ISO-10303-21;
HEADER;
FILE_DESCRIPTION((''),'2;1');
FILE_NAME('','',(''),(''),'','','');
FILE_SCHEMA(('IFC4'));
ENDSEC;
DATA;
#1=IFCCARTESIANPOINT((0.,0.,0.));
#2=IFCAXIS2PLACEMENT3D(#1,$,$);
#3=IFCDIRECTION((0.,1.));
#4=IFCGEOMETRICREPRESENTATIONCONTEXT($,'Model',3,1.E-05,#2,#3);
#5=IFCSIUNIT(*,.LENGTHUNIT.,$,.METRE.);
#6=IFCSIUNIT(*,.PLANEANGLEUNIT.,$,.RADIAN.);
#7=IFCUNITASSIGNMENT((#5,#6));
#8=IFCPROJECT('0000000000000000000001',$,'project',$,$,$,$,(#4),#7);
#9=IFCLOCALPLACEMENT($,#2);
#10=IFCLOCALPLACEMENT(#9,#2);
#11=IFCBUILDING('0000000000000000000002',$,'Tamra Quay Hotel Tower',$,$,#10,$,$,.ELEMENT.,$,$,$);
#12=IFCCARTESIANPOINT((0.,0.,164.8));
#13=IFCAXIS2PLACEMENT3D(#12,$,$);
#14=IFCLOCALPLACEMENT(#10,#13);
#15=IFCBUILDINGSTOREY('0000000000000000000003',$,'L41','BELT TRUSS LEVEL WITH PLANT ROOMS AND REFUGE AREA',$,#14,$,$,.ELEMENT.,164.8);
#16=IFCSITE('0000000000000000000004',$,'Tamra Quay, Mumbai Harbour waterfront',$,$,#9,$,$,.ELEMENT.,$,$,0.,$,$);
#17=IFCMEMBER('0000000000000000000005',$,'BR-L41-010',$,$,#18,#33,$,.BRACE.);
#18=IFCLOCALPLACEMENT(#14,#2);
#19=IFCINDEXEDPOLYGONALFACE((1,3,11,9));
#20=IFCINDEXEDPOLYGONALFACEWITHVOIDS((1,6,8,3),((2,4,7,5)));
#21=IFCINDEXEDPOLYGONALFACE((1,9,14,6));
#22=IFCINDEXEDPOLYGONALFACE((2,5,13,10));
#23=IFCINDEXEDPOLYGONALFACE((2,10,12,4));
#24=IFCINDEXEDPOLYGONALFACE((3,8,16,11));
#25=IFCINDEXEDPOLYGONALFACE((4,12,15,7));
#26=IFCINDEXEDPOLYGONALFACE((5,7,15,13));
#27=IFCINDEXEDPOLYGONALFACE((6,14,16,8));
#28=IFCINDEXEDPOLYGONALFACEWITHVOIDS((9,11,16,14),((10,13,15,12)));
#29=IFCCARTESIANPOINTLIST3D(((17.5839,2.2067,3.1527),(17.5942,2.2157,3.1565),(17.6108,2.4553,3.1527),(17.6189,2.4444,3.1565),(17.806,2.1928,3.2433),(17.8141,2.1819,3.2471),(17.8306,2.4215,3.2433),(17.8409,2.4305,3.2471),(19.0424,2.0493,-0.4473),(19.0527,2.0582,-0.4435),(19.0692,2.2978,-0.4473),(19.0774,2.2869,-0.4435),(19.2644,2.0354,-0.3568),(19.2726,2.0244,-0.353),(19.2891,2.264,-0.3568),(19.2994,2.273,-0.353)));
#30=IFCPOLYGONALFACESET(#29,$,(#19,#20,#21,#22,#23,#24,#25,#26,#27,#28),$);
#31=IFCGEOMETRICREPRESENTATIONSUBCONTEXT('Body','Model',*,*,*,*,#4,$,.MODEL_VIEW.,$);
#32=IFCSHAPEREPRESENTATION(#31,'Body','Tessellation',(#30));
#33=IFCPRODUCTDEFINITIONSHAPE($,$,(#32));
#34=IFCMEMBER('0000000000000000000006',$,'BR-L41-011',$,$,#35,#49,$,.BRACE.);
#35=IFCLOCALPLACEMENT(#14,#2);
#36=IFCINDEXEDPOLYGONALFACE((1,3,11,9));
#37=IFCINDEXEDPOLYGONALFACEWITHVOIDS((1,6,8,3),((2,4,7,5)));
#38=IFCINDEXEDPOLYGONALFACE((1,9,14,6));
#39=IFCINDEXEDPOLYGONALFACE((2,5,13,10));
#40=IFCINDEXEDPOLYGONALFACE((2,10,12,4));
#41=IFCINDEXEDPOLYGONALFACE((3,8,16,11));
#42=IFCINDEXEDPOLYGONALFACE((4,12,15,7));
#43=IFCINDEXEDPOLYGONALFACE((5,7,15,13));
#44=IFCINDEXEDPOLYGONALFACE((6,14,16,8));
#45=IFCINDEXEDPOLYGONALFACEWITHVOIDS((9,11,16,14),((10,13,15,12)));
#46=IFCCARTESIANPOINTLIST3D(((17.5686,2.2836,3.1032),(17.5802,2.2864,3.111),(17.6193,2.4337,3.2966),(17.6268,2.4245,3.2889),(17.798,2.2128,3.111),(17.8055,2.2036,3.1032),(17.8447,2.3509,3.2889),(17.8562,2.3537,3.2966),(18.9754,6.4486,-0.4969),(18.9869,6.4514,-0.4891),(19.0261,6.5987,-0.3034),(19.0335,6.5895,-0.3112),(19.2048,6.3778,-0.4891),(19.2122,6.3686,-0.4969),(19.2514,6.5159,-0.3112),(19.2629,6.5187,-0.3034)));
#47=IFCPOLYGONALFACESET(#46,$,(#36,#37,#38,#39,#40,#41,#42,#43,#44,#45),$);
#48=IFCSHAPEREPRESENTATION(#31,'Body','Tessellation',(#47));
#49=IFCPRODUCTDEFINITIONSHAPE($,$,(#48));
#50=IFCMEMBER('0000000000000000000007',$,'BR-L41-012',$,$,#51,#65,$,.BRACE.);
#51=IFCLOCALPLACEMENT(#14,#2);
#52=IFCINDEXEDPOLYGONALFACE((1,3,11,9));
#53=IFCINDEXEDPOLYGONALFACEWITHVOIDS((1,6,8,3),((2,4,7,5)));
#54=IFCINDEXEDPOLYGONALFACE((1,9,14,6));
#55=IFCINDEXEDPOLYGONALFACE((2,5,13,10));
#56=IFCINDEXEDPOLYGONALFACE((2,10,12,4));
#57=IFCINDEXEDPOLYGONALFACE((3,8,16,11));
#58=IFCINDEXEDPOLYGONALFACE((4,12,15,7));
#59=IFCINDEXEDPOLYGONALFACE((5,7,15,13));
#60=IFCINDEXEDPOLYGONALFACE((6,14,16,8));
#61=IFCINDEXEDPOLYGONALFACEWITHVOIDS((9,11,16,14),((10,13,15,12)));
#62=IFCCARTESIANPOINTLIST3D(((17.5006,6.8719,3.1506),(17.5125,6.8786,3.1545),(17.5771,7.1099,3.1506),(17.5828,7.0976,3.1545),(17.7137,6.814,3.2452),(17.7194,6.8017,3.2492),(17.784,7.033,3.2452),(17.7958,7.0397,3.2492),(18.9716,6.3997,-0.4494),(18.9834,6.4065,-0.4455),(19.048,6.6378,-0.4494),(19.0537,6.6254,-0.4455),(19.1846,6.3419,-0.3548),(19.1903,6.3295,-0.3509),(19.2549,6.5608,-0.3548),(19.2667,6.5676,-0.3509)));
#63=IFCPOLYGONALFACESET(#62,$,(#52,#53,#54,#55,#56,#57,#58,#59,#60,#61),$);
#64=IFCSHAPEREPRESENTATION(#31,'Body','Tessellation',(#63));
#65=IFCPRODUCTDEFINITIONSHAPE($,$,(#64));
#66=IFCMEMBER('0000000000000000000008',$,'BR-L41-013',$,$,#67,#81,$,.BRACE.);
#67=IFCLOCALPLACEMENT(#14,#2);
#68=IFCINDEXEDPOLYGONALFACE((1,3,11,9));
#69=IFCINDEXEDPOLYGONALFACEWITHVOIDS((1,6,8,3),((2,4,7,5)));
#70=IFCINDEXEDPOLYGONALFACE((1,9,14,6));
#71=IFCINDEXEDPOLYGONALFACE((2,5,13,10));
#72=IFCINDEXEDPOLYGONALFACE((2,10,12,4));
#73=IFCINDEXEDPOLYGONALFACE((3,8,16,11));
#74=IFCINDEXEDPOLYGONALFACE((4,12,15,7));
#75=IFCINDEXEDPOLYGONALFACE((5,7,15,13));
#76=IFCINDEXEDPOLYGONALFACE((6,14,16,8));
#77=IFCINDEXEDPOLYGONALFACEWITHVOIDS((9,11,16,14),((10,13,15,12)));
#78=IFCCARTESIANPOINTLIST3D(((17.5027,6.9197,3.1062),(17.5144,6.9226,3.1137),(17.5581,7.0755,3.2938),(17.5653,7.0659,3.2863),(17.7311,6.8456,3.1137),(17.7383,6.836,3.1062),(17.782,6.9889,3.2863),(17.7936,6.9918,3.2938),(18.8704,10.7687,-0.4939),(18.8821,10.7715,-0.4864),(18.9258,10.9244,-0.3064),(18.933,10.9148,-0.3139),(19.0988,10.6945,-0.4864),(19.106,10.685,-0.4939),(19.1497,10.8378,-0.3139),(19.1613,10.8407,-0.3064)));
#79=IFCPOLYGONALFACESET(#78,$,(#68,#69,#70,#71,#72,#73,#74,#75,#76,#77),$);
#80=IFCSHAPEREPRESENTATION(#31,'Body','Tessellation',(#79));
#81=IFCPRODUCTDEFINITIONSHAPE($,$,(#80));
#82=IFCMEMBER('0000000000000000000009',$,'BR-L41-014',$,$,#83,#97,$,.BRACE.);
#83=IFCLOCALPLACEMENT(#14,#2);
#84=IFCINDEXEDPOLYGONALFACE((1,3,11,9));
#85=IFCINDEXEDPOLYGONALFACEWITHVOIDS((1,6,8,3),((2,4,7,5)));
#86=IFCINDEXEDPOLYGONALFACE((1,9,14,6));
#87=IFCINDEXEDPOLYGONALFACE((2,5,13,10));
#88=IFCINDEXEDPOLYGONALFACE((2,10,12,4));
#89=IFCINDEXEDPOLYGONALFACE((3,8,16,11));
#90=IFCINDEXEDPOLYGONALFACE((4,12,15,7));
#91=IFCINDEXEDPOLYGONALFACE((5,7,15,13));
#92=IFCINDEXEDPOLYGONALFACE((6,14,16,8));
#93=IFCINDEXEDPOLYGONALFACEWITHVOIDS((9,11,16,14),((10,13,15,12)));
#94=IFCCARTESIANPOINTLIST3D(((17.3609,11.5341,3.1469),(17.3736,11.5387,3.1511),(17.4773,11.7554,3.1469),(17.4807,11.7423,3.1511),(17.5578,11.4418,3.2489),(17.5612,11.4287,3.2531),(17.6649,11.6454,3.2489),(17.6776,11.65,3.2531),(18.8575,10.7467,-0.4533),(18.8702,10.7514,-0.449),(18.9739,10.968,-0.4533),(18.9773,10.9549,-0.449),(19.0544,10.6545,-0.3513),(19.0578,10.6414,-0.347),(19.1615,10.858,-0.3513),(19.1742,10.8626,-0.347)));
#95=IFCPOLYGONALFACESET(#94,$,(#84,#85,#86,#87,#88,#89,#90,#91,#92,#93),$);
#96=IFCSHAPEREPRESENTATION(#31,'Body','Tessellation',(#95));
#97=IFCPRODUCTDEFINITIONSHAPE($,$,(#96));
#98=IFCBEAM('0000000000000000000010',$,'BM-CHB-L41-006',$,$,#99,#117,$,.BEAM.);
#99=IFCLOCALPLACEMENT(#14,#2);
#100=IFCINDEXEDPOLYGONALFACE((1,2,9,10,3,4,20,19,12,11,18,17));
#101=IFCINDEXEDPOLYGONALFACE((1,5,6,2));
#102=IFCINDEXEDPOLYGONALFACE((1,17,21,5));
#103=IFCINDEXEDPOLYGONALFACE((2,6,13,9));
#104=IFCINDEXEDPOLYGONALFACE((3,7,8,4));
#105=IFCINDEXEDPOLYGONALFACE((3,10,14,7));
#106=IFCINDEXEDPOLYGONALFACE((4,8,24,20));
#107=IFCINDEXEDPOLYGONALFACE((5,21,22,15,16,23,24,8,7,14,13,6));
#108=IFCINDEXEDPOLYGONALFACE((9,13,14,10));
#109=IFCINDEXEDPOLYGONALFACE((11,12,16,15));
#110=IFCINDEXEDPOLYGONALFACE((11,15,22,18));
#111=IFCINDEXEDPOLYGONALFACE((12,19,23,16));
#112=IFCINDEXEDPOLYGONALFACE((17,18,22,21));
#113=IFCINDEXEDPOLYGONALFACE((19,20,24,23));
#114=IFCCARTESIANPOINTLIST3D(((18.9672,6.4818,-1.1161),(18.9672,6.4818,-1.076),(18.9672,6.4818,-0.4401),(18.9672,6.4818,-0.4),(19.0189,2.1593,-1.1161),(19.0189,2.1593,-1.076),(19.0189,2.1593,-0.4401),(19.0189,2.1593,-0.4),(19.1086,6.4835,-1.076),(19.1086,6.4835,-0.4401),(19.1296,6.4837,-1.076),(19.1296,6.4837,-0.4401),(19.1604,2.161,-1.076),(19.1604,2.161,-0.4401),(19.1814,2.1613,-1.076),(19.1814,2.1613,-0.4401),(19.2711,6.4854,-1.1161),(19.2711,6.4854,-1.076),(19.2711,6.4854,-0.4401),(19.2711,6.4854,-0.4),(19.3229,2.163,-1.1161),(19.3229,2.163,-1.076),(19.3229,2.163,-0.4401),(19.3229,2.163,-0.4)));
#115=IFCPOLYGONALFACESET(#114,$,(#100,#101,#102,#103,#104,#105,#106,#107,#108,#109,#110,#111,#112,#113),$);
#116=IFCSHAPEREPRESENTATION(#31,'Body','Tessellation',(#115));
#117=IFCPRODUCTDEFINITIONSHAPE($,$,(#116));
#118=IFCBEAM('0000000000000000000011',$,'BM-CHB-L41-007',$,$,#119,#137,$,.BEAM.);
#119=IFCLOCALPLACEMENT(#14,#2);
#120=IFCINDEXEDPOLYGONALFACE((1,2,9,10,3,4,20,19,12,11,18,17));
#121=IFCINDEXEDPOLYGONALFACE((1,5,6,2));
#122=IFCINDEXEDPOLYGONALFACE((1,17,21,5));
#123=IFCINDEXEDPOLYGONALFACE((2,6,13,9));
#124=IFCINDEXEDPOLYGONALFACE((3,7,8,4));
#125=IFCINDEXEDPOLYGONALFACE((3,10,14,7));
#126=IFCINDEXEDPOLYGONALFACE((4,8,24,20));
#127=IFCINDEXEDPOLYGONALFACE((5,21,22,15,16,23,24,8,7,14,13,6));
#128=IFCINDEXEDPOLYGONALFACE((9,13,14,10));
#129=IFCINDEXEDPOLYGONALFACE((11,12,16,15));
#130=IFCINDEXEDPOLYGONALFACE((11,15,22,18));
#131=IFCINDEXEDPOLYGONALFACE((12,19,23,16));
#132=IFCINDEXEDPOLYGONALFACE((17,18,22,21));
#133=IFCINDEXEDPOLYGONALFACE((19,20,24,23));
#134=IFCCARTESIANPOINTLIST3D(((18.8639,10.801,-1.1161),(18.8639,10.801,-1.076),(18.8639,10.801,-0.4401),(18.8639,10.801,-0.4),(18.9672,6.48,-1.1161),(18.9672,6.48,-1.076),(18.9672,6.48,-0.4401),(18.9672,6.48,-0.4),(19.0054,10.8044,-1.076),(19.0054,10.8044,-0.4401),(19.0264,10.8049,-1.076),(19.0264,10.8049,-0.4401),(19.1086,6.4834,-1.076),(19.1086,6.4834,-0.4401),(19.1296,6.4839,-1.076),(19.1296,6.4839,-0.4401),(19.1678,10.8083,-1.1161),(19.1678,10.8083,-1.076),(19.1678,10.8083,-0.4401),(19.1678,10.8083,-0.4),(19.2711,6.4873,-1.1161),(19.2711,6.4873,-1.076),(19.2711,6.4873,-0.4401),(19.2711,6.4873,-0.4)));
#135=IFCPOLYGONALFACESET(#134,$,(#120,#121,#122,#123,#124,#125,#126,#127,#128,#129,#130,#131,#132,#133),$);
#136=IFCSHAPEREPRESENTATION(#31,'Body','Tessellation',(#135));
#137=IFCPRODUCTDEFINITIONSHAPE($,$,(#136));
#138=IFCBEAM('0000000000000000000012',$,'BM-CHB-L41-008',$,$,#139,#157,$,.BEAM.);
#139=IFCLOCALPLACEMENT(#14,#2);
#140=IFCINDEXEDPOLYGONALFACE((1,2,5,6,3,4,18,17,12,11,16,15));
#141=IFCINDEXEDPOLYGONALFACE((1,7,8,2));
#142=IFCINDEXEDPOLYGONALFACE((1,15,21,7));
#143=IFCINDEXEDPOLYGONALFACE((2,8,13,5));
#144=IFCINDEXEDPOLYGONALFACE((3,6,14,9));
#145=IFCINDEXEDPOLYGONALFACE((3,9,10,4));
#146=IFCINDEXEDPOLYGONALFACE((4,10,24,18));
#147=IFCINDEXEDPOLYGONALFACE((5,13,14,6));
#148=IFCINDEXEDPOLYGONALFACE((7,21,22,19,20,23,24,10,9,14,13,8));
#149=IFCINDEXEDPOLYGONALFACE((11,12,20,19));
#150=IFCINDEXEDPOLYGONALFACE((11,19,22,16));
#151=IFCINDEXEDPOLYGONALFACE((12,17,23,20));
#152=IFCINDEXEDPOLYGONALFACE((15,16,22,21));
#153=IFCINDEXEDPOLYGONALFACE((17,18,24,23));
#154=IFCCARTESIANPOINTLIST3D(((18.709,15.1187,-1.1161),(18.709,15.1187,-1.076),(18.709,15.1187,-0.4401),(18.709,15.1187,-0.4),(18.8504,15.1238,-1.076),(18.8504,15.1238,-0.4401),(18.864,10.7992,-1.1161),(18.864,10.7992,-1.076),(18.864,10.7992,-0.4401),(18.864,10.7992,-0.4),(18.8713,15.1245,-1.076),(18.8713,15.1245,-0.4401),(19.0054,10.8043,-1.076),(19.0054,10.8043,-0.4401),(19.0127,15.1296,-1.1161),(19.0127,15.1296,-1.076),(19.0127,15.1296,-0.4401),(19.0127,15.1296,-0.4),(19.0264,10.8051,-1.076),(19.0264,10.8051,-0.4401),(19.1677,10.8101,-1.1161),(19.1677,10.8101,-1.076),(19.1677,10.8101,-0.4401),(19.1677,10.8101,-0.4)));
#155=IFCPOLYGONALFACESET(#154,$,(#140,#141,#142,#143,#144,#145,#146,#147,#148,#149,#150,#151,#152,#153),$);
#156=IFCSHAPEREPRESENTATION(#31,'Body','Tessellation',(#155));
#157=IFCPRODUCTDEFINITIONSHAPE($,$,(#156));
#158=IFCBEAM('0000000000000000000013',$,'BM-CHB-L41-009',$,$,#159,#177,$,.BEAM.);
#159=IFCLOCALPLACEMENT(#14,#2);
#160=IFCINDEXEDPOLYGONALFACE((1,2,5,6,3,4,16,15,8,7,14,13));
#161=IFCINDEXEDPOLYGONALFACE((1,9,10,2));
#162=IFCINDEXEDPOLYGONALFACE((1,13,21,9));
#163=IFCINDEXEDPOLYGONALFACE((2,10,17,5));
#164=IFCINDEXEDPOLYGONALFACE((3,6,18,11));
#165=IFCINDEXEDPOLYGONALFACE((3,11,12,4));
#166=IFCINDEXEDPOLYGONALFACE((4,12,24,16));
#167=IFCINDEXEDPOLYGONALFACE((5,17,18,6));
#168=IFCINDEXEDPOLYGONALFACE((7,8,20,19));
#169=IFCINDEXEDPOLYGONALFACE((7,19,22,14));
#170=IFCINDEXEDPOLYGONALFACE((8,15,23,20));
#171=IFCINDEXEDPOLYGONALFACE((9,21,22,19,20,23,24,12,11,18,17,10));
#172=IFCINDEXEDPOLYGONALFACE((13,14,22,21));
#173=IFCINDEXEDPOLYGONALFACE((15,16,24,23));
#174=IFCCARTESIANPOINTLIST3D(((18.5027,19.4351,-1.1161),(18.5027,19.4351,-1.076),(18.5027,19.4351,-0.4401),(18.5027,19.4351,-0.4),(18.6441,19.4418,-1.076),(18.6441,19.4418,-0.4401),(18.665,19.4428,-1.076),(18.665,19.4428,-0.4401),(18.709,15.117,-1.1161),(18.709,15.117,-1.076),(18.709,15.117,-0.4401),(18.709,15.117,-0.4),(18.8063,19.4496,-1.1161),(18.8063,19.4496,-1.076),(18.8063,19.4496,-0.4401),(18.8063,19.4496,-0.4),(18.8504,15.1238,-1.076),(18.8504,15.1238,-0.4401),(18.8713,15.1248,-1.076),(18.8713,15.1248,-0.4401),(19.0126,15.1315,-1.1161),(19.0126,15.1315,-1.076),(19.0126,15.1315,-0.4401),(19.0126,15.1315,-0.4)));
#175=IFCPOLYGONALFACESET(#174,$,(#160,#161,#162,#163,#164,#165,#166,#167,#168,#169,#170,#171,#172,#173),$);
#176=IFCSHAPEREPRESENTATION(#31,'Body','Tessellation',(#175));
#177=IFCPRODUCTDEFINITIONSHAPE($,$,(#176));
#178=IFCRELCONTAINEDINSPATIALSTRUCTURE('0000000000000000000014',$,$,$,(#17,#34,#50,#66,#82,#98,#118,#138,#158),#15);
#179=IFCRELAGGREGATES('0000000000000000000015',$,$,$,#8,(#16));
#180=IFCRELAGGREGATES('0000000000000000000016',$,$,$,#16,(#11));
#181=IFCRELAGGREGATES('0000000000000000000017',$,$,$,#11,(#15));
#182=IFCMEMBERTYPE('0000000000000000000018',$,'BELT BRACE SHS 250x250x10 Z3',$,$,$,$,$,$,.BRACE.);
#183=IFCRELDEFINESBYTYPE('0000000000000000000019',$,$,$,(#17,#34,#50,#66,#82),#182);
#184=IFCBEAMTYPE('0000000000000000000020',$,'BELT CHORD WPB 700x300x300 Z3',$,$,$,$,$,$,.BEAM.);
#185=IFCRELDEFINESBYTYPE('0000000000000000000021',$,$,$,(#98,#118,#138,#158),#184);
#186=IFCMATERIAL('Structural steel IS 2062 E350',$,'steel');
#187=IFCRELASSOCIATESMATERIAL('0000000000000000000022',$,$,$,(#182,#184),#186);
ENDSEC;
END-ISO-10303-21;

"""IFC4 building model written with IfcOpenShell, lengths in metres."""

from ifc_helpers import new_model, si_unit, direction, frame, origin, origin_2d, place, context, subcontext, project, spatial, hollow_rectangle, i_section, extrude, material, material_profile, profile_set, type_object, element, save


model = new_model("IFC4")

# Units and contexts
model_context = context("Model", 3, precision=1e-05, world=origin(), true_north=direction((0.0, 1.0)))
body_context = subcontext(model_context, "Body", "Model", "MODEL_VIEW")
ifc_project = project(units=[si_unit("LENGTHUNIT", "METRE"), si_unit("PLANEANGLEUNIT", "RADIAN")], contexts=[model_context])

# Site, building, storey
site_placement = place(None, origin())
site = spatial("IfcSite", under=ifc_project, at=site_placement, Name="Tamra Quay, Mumbai Harbour waterfront", CompositionType="ELEMENT", RefElevation=0.0)
building_placement = place(site_placement, origin())
building = spatial("IfcBuilding", under=site, at=building_placement, Name="Tamra Quay Hotel Tower", CompositionType="ELEMENT")
storey_placement = place(building_placement, frame((0.0, 0.0, 164.8)))
storey = spatial("IfcBuildingStorey", under=building, at=storey_placement, Name="L41", Description="BELT TRUSS LEVEL WITH PLANT ROOMS AND REFUGE AREA", CompositionType="ELEMENT", Elevation=164.8)

# Members
ifc_material_1 = material(Name="Structural steel IS 2062 E350", Category="steel")
ifc_material_profile_1 = material_profile(ifc_material_1, hollow_rectangle(XDim=0.25, YDim=0.25, WallThickness=0.01, at=origin_2d()), Name="SHS 250x250x10")
ifc_profile_set_1 = profile_set([ifc_material_profile_1], Name="Structural steel IS 2062 E350")
member_type_1 = type_object("IfcMemberType", Name="BELT BRACE SHS 250x250x10 Z3", PredefinedType="BRACE", material=ifc_profile_set_1)
member_1_placement = place(storey_placement, frame((19.1709, 2.1611, -0.4001), z_axis=(-0.375175, 0.040507, 0.926068), x_axis=(-0.107344, -0.994222, 0.0)))
element("IfcMember", 1, at=member_1_placement, inside=storey, type_object=member_type_1, Name="BR-L41-010", PredefinedType="BRACE", context=body_context, shape_type="SweptSolid", body=[
    extrude(hollow_rectangle(XDim=0.25, YDim=0.25, WallThickness=0.01, at=origin_2d()), origin(), (0.0, 0.0, 1.0), 3.8875),
])
member_2_placement = place(storey_placement, frame((19.1191, 6.4836, -0.4001), z_axis=(-0.24757, -0.733, 0.633577), x_axis=(0.947421, -0.319991, 0.0)))
element("IfcMember", 2, at=member_2_placement, inside=storey, type_object=member_type_1, Name="BR-L41-011", PredefinedType="BRACE", context=body_context, shape_type="SweptSolid", body=[
    extrude(hollow_rectangle(XDim=0.25, YDim=0.25, WallThickness=0.01, at=origin_2d()), origin(), (0.0, 0.0, 1.0), 5.6821),
])
member_3_placement = place(storey_placement, frame((19.1191, 6.4836, -0.4001), z_axis=(-0.375475, 0.120526, 0.918963), x_axis=(-0.305636, -0.952149, 0.0)))
element("IfcMember", 3, at=member_3_placement, inside=storey, type_object=member_type_1, Name="BR-L41-012", PredefinedType="BRACE", context=body_context, shape_type="SweptSolid", body=[
    extrude(hollow_rectangle(XDim=0.25, YDim=0.25, WallThickness=0.01, at=origin_2d()), origin(), (0.0, 0.0, 1.0), 3.9175),
])
member_4_placement = place(storey_placement, frame((19.0159, 10.8047, -0.4001), z_axis=(-0.251193, -0.706899, 0.661208), x_axis=(0.942278, -0.334833, 0.0)))
element("IfcMember", 4, at=member_4_placement, inside=storey, type_object=member_type_1, Name="BR-L41-013", PredefinedType="BRACE", context=body_context, shape_type="SweptSolid", body=[
    extrude(hollow_rectangle(XDim=0.25, YDim=0.25, WallThickness=0.01, at=origin_2d()), origin(), (0.0, 0.0, 1.0), 5.4448),
])
member_5_placement = place(storey_placement, frame((19.0159, 10.8047, -0.4001), z_axis=(-0.376263, 0.197953, 0.905119), x_axis=(-0.465598, -0.884997, 0.0)))
element("IfcMember", 5, at=member_5_placement, inside=storey, type_object=member_type_1, Name="BR-L41-014", PredefinedType="BRACE", context=body_context, shape_type="SweptSolid", body=[
    extrude(hollow_rectangle(XDim=0.25, YDim=0.25, WallThickness=0.01, at=origin_2d()), origin(), (0.0, 0.0, 1.0), 3.9775),
])

# Beams
ifc_material_profile_2 = material_profile(ifc_material_1, i_section(OverallWidth=0.304, OverallDepth=0.7161, WebThickness=0.021, FlangeThickness=0.04, at=origin_2d()), Name="WPB 700x300x300")
ifc_profile_set_2 = profile_set([ifc_material_profile_2], Name="Structural steel IS 2062 E350")
beam_type_1 = type_object("IfcBeamType", Name="BELT CHORD WPB 700x300x300 Z3", PredefinedType="BEAM", material=ifc_profile_set_2)
beam_1_placement = place(storey_placement, frame((19.1709, 2.1611, -0.7581), z_axis=(-0.011973, 0.999928, 0.0), x_axis=(-0.999928, -0.011973, 0.0)))
element("IfcBeam", 6, at=beam_1_placement, inside=storey, type_object=beam_type_1, Name="BM-CHB-L41-006", PredefinedType="BEAM", context=body_context, shape_type="SweptSolid", body=[
    extrude(i_section(OverallWidth=0.304, OverallDepth=0.7161, WebThickness=0.021, FlangeThickness=0.04, at=origin_2d()), origin(), (0.0, 0.0, 1.0), 4.3228),
])
for number, where, z_axis, x_axis, name in (
    (7, (19.1191, 6.4836, -0.7581), (-0.023893, 0.999715, 0.0), (-0.999715, -0.023893, 0.0), "BM-CHB-L41-007"),
    (8, (19.0159, 10.8047, -0.7581), (-0.035867, 0.999357, 0.0), (-0.999357, -0.035867, 0.0), "BM-CHB-L41-008"),
):
    element("IfcBeam", number, at=place(storey_placement, frame(where, z_axis=z_axis, x_axis=x_axis)), inside=storey, type_object=beam_type_1, Name=name, PredefinedType="BEAM", context=body_context, shape_type="SweptSolid", body=[
        extrude(i_section(OverallWidth=0.304, OverallDepth=0.7161, WebThickness=0.021, FlangeThickness=0.04, at=origin_2d()), origin(), (0.0, 0.0, 1.0), 4.3223),
    ])
beam_2_placement = place(storey_placement, frame((18.8608, 15.1243, -0.7581), z_axis=(-0.047721, 0.998861, 0.0), x_axis=(-0.998861, -0.047721, 0.0)))
element("IfcBeam", 9, at=beam_2_placement, inside=storey, type_object=beam_type_1, Name="BM-CHB-L41-009", PredefinedType="BEAM", context=body_context, shape_type="SweptSolid", body=[
    extrude(i_section(OverallWidth=0.304, OverallDepth=0.7161, WebThickness=0.021, FlangeThickness=0.04, at=origin_2d()), origin(), (0.0, 0.0, 1.0), 4.323),
])

save(model, "model.ifc")
